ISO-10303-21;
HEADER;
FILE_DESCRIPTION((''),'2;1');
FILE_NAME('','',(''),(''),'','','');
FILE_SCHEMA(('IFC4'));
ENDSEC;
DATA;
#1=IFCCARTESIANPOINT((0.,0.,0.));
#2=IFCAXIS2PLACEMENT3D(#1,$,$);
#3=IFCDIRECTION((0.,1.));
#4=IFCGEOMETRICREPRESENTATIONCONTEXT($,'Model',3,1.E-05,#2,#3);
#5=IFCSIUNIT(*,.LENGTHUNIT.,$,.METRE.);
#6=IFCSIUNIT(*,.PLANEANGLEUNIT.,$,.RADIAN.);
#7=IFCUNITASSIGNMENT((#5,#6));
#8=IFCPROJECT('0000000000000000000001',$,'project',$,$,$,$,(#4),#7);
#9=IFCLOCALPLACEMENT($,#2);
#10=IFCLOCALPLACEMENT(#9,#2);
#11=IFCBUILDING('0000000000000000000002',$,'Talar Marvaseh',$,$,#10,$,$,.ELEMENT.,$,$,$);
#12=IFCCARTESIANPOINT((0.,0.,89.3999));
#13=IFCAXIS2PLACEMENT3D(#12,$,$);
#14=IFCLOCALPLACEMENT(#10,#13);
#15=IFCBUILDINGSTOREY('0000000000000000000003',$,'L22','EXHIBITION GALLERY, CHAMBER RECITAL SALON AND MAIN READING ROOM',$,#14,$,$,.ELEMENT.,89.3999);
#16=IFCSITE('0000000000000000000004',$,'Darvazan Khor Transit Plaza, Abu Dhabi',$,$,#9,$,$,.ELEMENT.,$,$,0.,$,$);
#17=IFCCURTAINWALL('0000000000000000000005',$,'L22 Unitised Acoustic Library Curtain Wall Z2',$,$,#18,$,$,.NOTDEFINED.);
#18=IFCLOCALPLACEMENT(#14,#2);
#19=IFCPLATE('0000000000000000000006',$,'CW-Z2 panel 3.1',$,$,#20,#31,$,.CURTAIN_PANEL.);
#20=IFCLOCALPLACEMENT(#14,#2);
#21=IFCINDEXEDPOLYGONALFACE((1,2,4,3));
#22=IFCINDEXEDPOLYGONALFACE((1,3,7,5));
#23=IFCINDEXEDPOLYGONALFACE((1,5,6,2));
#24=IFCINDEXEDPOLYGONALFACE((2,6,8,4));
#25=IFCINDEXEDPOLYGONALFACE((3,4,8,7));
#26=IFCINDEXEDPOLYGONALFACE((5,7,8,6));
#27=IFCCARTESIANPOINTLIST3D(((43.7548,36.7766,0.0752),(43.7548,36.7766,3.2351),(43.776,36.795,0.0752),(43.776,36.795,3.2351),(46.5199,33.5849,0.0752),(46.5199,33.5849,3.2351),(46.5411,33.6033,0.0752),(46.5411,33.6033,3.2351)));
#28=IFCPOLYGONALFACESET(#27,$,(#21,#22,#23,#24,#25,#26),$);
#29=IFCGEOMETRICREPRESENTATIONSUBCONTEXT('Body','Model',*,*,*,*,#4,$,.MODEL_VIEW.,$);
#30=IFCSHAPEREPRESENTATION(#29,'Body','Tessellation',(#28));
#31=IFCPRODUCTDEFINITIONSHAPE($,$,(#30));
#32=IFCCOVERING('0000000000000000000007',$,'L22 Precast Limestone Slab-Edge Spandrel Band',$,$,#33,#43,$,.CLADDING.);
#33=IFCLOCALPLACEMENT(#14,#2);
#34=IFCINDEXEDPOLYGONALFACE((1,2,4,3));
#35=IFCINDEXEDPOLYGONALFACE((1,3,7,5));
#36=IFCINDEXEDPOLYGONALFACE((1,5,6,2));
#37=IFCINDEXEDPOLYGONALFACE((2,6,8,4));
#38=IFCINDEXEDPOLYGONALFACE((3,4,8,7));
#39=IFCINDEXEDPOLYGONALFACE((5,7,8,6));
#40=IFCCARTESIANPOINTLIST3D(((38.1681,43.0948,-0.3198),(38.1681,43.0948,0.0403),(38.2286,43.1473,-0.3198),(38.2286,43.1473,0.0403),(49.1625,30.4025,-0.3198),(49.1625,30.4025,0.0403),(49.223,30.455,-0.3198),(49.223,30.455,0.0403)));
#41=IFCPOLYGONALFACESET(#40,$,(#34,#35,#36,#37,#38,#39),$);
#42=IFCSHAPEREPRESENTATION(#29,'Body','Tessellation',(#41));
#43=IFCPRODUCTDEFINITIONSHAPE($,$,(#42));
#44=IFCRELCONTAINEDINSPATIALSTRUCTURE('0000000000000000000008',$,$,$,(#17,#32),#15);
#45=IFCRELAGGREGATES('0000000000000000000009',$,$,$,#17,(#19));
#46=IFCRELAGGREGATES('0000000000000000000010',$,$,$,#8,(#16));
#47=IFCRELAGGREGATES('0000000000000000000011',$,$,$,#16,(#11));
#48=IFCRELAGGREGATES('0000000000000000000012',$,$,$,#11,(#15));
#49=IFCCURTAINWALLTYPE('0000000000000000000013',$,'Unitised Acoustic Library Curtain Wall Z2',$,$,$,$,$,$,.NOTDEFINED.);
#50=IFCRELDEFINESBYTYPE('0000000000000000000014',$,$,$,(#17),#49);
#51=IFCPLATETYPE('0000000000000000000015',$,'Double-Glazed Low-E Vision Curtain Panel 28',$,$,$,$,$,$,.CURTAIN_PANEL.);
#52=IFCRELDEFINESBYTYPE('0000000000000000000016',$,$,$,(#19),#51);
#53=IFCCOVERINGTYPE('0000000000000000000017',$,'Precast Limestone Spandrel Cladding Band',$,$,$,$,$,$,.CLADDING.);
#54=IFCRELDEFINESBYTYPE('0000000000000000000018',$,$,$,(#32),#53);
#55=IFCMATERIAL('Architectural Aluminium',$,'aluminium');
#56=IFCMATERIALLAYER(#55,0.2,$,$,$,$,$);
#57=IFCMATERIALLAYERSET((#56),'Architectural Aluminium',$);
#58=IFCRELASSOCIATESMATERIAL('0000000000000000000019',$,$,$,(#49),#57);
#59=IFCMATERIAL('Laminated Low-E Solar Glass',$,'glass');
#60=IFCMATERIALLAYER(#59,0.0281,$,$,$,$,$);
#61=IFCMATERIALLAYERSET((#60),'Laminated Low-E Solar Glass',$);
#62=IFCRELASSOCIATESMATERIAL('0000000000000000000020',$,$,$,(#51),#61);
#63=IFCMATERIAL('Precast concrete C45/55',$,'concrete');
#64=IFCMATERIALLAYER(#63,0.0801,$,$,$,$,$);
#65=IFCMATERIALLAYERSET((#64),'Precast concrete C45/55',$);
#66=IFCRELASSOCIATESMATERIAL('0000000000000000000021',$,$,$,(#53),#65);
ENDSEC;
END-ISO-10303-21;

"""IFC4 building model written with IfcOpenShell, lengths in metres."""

from ifc_helpers import new_model, si_unit, direction, frame, origin, origin_2d, place, context, subcontext, project, spatial, rectangle, extrude, source, transform, mapped, material, layer, layer_set, type_object, type_shapes, element, aggregate, save


model = new_model("IFC4")

# Units and contexts
model_context = context("Model", 3, precision=1e-05, world=origin(), true_north=direction((0.0, 1.0)))
body_context = subcontext(model_context, "Body", "Model", "MODEL_VIEW")
ifc_project = project(units=[si_unit("LENGTHUNIT", "METRE"), si_unit("PLANEANGLEUNIT", "RADIAN")], contexts=[model_context])

# Site, building, storey
site_placement = place(None, origin())
site = spatial("IfcSite", under=ifc_project, at=site_placement, Name="Darvazan Khor Transit Plaza, Abu Dhabi", CompositionType="ELEMENT", RefElevation=0.0)
building_placement = place(site_placement, origin())
building = spatial("IfcBuilding", under=site, at=building_placement, Name="Talar Marvaseh", CompositionType="ELEMENT")
storey_placement = place(building_placement, frame((0.0, 0.0, 89.3999)))
storey = spatial("IfcBuildingStorey", under=building, at=storey_placement, Name="L22", Description="EXHIBITION GALLERY, CHAMBER RECITAL SALON AND MAIN READING ROOM", CompositionType="ELEMENT", Elevation=89.3999)

# Curtain wall, plate
ifc_material_1 = material(Name="Architectural Aluminium", Category="aluminium")
ifc_layer_1 = layer(ifc_material_1, 0.2)
ifc_layer_set_1 = layer_set([ifc_layer_1], Name="Architectural Aluminium")
curtain_wall_type = type_object("IfcCurtainWallType", Name="Unitised Acoustic Library Curtain Wall Z2", PredefinedType="NOTDEFINED", material=ifc_layer_set_1)
curtain_wall_placement = place(storey_placement, origin())
curtain_wall = element("IfcCurtainWall", 1, at=curtain_wall_placement, inside=storey, type_object=curtain_wall_type, Name="L22 Unitised Acoustic Library Curtain Wall Z2", PredefinedType="NOTDEFINED")
ifc_material_2 = material(Name="Laminated Low-E Solar Glass", Category="glass")
ifc_layer_2 = layer(ifc_material_2, 0.0281)
ifc_layer_set_2 = layer_set([ifc_layer_2], Name="Laminated Low-E Solar Glass")
plate_type = type_object("IfcPlateType", Name="Double-Glazed Low-E Vision Curtain Panel 28", PredefinedType="CURTAIN_PANEL", material=ifc_layer_set_2)
shared_shape_1 = source(origin(), body_context, "Body", "SweptSolid", [
    extrude(rectangle(XDim=4.2229, YDim=0.0281, at=origin_2d()), origin(), (0.0, 0.0, 1.0), 3.1599),
])
plate_1_placement = place(storey_placement, frame((45.1479, 35.1899, 0.0752), z_axis=(0.0, 0.0, 1.0), x_axis=(0.65479, -0.755811, 0.0)))
plate_1 = element("IfcPlate", 2, at=plate_1_placement, type_object=plate_type, Name="CW-Z2 panel 3.1", PredefinedType="CURTAIN_PANEL", context=body_context, shape_type="MappedRepresentation", body=[
    mapped(shared_shape_1, transform((0.0, 0.0, 0.0), x_axis=(1.0, 0.0, 0.0), y_axis=(0.0, 1.0, 0.0), z_axis=(0.0, 0.0, 1.0), scale=1.0)),
])
aggregate(curtain_wall, [plate_1])

# Covering
ifc_material_3 = material(Name="Precast concrete C45/55", Category="concrete")
ifc_layer_3 = layer(ifc_material_3, 0.0801)
ifc_layer_set_3 = layer_set([ifc_layer_3], Name="Precast concrete C45/55")
covering_type = type_object("IfcCoveringType", Name="Precast Limestone Spandrel Cladding Band", PredefinedType="CLADDING", material=ifc_layer_set_3)
shared_shape_2 = source(origin(), body_context, "Body", "SweptSolid", [
    extrude(rectangle(XDim=16.792, YDim=0.0801, at=origin_2d()), origin(), (0.0, 0.0, 1.0), 0.3601),
])
type_shapes(covering_type, [shared_shape_2])
covering_placement = place(storey_placement, frame((43.6956, 36.7749, -0.3198), z_axis=(0.0, 0.0, 1.0), x_axis=(0.654741, -0.755853, 0.0)))
element("IfcCovering", 3, at=covering_placement, inside=storey, type_object=covering_type, Name="L22 Precast Limestone Slab-Edge Spandrel Band", PredefinedType="CLADDING", context=body_context, shape_type="MappedRepresentation", body=[
    mapped(shared_shape_2, transform((0.0, 0.0, 0.0), x_axis=(1.0, 0.0, 0.0), y_axis=(0.0, 1.0, 0.0), z_axis=(0.0, 0.0, 1.0), scale=1.0)),
])

save(model, "model.ifc")
